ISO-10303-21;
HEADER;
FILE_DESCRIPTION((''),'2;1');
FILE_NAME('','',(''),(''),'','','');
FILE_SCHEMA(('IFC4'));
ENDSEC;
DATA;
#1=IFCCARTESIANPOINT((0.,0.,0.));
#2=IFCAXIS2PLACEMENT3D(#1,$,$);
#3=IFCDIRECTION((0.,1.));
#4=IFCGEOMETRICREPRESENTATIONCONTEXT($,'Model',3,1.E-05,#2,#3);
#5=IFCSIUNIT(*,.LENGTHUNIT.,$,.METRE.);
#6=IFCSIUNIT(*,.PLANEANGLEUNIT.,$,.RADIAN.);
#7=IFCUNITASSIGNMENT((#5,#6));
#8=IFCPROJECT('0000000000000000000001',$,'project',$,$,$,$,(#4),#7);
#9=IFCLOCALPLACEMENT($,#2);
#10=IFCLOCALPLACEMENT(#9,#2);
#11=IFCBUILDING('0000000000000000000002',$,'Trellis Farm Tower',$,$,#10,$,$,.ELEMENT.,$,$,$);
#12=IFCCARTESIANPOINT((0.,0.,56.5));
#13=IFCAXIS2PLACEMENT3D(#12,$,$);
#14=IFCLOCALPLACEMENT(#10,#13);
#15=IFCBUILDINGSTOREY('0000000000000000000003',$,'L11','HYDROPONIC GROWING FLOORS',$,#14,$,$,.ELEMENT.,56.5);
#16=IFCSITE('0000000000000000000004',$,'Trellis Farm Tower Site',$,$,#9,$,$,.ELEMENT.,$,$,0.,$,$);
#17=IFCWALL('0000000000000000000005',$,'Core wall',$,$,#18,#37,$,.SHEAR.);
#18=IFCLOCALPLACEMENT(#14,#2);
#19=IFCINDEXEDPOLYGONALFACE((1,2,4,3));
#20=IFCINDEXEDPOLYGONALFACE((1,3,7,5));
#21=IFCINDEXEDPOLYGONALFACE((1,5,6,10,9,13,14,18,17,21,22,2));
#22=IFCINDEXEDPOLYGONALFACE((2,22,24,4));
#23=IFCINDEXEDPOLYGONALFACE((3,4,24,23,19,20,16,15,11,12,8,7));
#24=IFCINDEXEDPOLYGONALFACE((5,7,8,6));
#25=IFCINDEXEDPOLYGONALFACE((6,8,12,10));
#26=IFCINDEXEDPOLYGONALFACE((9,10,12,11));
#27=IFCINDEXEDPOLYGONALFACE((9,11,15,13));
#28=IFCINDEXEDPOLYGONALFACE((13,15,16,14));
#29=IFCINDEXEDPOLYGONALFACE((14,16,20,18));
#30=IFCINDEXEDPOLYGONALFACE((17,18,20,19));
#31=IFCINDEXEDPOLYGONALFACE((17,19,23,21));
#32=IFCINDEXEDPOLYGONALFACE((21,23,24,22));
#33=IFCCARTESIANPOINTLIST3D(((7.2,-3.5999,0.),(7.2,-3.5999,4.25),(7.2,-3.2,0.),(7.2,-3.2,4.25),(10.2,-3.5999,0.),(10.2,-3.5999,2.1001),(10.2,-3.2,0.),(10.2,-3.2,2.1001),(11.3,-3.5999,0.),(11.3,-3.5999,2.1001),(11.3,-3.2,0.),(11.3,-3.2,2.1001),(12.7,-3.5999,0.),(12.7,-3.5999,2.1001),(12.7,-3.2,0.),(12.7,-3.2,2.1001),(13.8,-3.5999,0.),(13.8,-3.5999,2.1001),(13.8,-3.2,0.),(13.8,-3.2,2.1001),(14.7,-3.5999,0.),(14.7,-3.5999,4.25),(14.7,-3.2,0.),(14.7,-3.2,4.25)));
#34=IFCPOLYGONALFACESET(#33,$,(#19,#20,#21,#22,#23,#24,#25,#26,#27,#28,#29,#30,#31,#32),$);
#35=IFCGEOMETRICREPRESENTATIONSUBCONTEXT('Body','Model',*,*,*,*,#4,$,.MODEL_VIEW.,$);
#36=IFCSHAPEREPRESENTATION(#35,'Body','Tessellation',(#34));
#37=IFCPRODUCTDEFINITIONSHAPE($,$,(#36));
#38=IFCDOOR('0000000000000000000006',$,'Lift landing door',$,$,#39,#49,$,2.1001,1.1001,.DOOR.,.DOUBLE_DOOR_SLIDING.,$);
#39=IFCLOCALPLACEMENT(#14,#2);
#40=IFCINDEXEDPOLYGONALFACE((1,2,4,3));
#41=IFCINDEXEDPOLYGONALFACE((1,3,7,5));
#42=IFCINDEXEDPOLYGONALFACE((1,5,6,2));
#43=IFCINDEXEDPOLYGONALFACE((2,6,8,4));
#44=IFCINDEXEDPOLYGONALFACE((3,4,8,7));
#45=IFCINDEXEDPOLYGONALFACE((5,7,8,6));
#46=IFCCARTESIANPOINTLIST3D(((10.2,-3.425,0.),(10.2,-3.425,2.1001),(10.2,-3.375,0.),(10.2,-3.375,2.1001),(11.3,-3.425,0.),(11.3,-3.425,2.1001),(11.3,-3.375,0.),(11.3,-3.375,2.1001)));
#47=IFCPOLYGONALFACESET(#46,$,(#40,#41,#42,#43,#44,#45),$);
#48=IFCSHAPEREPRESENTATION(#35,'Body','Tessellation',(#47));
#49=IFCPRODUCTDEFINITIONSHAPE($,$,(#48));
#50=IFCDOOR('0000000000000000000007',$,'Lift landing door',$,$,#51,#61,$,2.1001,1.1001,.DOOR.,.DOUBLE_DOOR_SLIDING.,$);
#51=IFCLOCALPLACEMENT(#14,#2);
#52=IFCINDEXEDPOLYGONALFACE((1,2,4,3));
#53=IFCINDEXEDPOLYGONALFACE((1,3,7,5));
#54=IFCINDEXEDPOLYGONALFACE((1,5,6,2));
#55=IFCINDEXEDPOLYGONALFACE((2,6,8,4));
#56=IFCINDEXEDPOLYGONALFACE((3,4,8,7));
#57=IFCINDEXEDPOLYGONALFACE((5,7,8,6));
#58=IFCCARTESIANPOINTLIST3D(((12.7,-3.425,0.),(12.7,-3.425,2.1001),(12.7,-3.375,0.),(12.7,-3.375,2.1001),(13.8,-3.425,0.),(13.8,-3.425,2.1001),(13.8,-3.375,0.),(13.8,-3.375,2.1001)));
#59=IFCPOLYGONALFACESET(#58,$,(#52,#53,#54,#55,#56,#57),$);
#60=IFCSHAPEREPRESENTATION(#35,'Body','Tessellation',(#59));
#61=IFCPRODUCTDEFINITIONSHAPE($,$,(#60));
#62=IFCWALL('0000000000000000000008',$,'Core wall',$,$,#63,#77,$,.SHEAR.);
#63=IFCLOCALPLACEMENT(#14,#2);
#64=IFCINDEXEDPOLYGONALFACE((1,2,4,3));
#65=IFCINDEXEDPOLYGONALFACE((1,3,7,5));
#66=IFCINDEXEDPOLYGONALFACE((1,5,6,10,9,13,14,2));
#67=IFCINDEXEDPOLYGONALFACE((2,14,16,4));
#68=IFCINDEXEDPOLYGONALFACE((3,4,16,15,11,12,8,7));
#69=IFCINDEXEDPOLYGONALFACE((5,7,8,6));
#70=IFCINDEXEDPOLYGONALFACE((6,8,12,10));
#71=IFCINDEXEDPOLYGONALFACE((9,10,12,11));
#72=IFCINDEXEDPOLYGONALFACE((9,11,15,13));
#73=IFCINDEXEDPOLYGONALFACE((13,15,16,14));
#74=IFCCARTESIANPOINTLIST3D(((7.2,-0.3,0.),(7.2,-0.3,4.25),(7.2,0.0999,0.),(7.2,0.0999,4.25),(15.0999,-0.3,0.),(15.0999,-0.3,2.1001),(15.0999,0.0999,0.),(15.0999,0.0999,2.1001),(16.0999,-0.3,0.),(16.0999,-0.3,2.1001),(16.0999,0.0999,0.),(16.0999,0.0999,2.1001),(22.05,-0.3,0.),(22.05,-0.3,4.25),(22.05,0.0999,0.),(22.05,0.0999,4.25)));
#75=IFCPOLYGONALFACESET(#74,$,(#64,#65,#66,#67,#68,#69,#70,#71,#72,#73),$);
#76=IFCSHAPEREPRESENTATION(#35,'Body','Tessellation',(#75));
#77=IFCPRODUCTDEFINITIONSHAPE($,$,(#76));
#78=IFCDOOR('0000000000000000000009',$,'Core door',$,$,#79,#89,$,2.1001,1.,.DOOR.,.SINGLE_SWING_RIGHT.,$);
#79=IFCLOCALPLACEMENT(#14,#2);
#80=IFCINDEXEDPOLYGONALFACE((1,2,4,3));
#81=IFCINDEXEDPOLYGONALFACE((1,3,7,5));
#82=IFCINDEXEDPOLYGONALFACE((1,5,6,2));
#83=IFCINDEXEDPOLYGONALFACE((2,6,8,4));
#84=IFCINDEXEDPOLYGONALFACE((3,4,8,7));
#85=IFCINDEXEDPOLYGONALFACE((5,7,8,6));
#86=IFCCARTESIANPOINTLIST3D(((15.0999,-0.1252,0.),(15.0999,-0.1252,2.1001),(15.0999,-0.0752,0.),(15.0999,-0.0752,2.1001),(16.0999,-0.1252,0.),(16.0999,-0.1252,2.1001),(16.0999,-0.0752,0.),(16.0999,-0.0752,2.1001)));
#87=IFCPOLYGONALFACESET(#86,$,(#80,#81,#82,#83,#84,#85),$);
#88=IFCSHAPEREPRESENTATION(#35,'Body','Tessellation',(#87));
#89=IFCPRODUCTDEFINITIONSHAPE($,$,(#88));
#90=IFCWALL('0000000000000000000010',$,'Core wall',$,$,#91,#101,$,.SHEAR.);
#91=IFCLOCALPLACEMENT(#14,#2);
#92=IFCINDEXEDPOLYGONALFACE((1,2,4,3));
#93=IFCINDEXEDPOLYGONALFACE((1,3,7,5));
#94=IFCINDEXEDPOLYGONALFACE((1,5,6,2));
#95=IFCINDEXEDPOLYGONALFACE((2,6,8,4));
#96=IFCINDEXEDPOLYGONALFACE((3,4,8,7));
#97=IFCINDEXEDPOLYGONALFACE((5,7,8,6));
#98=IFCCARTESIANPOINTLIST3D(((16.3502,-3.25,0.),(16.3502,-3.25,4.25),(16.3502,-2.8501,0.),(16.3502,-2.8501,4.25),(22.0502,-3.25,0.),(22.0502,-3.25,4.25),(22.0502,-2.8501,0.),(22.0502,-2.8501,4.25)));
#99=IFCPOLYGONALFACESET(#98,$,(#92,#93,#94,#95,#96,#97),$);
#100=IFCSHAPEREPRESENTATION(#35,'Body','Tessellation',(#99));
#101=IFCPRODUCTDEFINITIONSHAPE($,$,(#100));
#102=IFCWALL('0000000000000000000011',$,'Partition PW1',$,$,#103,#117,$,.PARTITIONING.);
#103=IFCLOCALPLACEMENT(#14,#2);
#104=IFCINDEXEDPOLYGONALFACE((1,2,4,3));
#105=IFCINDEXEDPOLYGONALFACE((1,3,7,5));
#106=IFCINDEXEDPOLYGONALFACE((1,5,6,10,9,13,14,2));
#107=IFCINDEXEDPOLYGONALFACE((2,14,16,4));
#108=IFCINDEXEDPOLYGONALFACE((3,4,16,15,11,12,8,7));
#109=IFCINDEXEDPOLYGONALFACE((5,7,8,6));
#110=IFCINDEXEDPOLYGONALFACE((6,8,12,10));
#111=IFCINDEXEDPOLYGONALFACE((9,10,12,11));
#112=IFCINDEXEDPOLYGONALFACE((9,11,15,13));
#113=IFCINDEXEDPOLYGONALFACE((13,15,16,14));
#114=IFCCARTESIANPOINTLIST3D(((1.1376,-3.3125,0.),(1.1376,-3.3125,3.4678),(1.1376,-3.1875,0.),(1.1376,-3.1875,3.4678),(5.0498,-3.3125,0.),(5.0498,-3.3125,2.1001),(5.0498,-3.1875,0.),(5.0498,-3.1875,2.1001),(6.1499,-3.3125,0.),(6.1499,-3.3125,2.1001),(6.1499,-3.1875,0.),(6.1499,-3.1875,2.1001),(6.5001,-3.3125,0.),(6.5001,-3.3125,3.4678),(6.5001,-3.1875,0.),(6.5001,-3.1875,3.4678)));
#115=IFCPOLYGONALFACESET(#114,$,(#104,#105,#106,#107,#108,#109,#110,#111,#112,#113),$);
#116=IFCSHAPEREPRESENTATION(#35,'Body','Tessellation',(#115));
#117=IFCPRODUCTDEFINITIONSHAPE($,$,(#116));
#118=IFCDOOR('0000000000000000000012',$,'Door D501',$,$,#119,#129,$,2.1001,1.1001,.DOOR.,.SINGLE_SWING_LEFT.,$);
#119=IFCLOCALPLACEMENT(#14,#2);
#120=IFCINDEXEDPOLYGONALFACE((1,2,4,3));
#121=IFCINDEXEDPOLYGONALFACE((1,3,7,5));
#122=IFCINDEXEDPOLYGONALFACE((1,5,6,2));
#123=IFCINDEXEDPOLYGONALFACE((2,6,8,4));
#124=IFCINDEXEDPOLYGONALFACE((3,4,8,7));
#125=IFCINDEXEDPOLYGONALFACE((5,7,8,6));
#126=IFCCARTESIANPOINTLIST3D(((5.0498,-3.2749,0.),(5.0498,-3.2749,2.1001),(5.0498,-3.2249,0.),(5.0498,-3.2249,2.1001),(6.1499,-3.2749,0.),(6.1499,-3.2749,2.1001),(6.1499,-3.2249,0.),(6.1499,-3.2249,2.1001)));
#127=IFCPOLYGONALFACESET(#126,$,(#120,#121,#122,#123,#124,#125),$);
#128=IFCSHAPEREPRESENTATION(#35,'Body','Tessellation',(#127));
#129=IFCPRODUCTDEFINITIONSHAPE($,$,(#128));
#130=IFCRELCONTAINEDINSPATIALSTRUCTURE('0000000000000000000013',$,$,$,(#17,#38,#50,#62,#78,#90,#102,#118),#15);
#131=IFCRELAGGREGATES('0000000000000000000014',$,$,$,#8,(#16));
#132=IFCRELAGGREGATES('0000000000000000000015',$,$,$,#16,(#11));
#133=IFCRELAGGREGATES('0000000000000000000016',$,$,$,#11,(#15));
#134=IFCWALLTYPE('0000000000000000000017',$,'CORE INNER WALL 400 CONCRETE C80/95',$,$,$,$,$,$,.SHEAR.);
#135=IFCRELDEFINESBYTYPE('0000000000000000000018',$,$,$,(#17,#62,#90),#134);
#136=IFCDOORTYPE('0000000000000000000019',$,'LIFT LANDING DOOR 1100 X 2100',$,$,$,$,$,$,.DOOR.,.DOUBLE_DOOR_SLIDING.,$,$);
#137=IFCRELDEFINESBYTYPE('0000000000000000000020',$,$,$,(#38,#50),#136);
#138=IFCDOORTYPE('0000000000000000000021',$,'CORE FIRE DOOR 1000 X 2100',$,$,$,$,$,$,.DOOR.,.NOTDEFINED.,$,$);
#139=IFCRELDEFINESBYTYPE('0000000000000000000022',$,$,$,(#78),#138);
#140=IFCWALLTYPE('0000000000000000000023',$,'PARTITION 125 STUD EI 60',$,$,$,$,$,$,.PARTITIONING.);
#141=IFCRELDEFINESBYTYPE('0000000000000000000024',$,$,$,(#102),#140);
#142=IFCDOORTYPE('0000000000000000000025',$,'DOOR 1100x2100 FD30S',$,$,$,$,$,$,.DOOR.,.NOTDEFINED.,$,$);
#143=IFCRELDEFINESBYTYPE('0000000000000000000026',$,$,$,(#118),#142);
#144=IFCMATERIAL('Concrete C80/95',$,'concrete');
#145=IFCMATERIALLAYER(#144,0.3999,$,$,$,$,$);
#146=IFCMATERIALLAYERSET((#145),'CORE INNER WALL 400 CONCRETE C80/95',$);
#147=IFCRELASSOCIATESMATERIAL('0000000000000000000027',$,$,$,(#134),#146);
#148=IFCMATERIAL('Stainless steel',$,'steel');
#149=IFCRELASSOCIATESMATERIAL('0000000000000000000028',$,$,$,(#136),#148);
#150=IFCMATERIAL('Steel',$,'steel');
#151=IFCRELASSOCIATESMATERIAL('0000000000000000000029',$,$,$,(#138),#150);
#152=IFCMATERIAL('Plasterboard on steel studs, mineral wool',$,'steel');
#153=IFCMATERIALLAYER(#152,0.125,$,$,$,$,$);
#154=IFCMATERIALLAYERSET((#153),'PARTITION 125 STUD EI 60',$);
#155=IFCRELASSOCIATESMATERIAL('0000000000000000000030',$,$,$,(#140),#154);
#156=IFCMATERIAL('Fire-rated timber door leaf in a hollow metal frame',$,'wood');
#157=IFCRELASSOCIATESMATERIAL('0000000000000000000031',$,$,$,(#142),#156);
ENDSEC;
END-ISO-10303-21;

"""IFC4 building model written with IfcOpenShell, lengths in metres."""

from ifc_helpers import new_model, si_unit, direction, frame, frame_2d, origin, place, context, subcontext, project, spatial, rectangle, extrude, source, transform, mapped, material, layer, layer_set, type_object, element, fill, save


model = new_model("IFC4")

# Units and contexts
model_context = context("Model", 3, precision=1e-05, world=origin(), true_north=direction((0.0, 1.0)))
body_context = subcontext(model_context, "Body", "Model", "MODEL_VIEW")
ifc_project = project(units=[si_unit("LENGTHUNIT", "METRE"), si_unit("PLANEANGLEUNIT", "RADIAN")], contexts=[model_context])

# Site, building, storey
site_placement = place(None, origin())
site = spatial("IfcSite", under=ifc_project, at=site_placement, Name="Trellis Farm Tower Site", CompositionType="ELEMENT", RefElevation=0.0)
building_placement = place(site_placement, origin())
building = spatial("IfcBuilding", under=site, at=building_placement, Name="Trellis Farm Tower", CompositionType="ELEMENT")
storey_placement = place(building_placement, frame((0.0, 0.0, 56.5)))
storey = spatial("IfcBuildingStorey", under=building, at=storey_placement, Name="L11", Description="HYDROPONIC GROWING FLOORS", CompositionType="ELEMENT", Elevation=56.5)

# Shared definitions
ifc_material_1 = material(Name="Concrete C80/95", Category="concrete")

# Wall, openings, doors
ifc_layer_1 = layer(ifc_material_1, 0.3999)
ifc_layer_set_1 = layer_set([ifc_layer_1], Name="CORE INNER WALL 400 CONCRETE C80/95")
wall_type_1 = type_object("IfcWallType", Name="CORE INNER WALL 400 CONCRETE C80/95", PredefinedType="SHEAR", material=ifc_layer_set_1)
shared_shape_1 = source(origin(), body_context, "Body", "SweptSolid", [
    extrude(rectangle(XDim=7.5, YDim=0.3999, at=frame_2d((3.75, 0.0))), origin(), (0.0, 0.0, 1.0), 4.25),
])
wall_1_placement = place(storey_placement, frame((7.2, -3.3999, 0.0), z_axis=(0.0, 0.0, 1.0), x_axis=(1.0, 0.0, 0.0)))
wall_1 = element("IfcWall", 1, at=wall_1_placement, inside=storey, type_object=wall_type_1, Name="Core wall", PredefinedType="SHEAR", context=body_context, shape_type="MappedRepresentation", body=[
    mapped(shared_shape_1, transform((0.0, 0.0, 0.0))),
])
shared_shape_2 = source(origin(), body_context, "Body", "SweptSolid", [
    extrude(rectangle(XDim=1.1001, YDim=2.1001, at=frame_2d((0.55, 1.05))), frame((0.0, 0.21, 0.0), z_axis=(0.0, -1.0, 0.0), x_axis=(1.0, 0.0, 0.0)), (0.0, 0.0, 1.0), 0.4199),
])
opening_1_placement = place(wall_1_placement, frame((3.0, 0.0, 0.0)))
opening_1 = element("IfcOpeningElement", 2, at=opening_1_placement, cuts=wall_1, PredefinedType="OPENING", context=body_context, shape_type="MappedRepresentation", body=[
    mapped(shared_shape_2, transform((0.0, 0.0, 0.0))),
])
opening_2_placement = place(wall_1_placement, frame((5.5, 0.0, 0.0)))
opening_2 = element("IfcOpeningElement", 3, at=opening_2_placement, cuts=wall_1, PredefinedType="OPENING", context=body_context, shape_type="MappedRepresentation", body=[
    mapped(shared_shape_2, transform((0.0, 0.0, 0.0))),
])
ifc_material_2 = material(Name="Stainless steel", Category="steel")
door_type_1 = type_object("IfcDoorType", Name="LIFT LANDING DOOR 1100 X 2100", OperationType="DOUBLE_DOOR_SLIDING", PredefinedType="DOOR", material=ifc_material_2)
shared_shape_3 = source(origin(), body_context, "Body", "SweptSolid", [
    extrude(rectangle(XDim=1.1001, YDim=2.1001, at=frame_2d((0.55, 1.05))), frame((0.0, 0.0249, 0.0), z_axis=(0.0, -1.0, 0.0), x_axis=(1.0, 0.0, 0.0)), (0.0, 0.0, 1.0), 0.05),
])
door_1_placement = place(opening_1_placement, origin())
door_1 = element("IfcDoor", 4, at=door_1_placement, inside=storey, type_object=door_type_1, Name="Lift landing door", OperationType="DOUBLE_DOOR_SLIDING", OverallHeight=2.1001, OverallWidth=1.1001, PredefinedType="DOOR", context=body_context, shape_type="MappedRepresentation", body=[
    mapped(shared_shape_3, transform((0.0, 0.0, 0.0))),
])
fill(opening_1, door_1)
door_2_placement = place(opening_2_placement, origin())
door_2 = element("IfcDoor", 5, at=door_2_placement, inside=storey, type_object=door_type_1, Name="Lift landing door", OperationType="DOUBLE_DOOR_SLIDING", OverallHeight=2.1001, OverallWidth=1.1001, PredefinedType="DOOR", context=body_context, shape_type="MappedRepresentation", body=[
    mapped(shared_shape_3, transform((0.0, 0.0, 0.0))),
])
fill(opening_2, door_2)

# Wall, opening, door
shared_shape_4 = source(origin(), body_context, "Body", "SweptSolid", [
    extrude(rectangle(XDim=14.8501, YDim=0.3999, at=frame_2d((7.425, 0.0))), origin(), (0.0, 0.0, 1.0), 4.25),
])
wall_2_placement = place(storey_placement, frame((7.2, -0.1001, 0.0), z_axis=(0.0, 0.0, 1.0), x_axis=(1.0, 0.0, 0.0)))
wall_2 = element("IfcWall", 6, at=wall_2_placement, inside=storey, type_object=wall_type_1, Name="Core wall", PredefinedType="SHEAR", context=body_context, shape_type="MappedRepresentation", body=[
    mapped(shared_shape_4, transform((0.0, 0.0, 0.0))),
])
shared_shape_5 = source(origin(), body_context, "Body", "SweptSolid", [
    extrude(rectangle(XDim=1.0, YDim=2.1001, at=frame_2d((0.5, 1.05))), frame((0.0, 0.21, 0.0), z_axis=(0.0, -1.0, 0.0), x_axis=(1.0, 0.0, 0.0)), (0.0, 0.0, 1.0), 0.4199),
])
opening_3_placement = place(wall_2_placement, frame((7.8999, 0.0, 0.0)))
opening_3 = element("IfcOpeningElement", 7, at=opening_3_placement, cuts=wall_2, PredefinedType="OPENING", context=body_context, shape_type="MappedRepresentation", body=[
    mapped(shared_shape_5, transform((0.0, 0.0, 0.0))),
])
ifc_material_3 = material(Name="Steel", Category="steel")
door_type_2 = type_object("IfcDoorType", Name="CORE FIRE DOOR 1000 X 2100", OperationType="NOTDEFINED", PredefinedType="DOOR", material=ifc_material_3)
shared_shape_6 = source(origin(), body_context, "Body", "SweptSolid", [
    extrude(rectangle(XDim=1.0, YDim=2.1001, at=frame_2d((0.5, 1.05))), frame((0.0, 0.0249, 0.0), z_axis=(0.0, -1.0, 0.0), x_axis=(1.0, 0.0, 0.0)), (0.0, 0.0, 1.0), 0.05),
])
door_3_placement = place(opening_3_placement, origin())
door_3 = element("IfcDoor", 8, at=door_3_placement, inside=storey, type_object=door_type_2, Name="Core door", OperationType="SINGLE_SWING_RIGHT", OverallHeight=2.1001, OverallWidth=1.0, PredefinedType="DOOR", context=body_context, shape_type="MappedRepresentation", body=[
    mapped(shared_shape_6, transform((0.0, 0.0, 0.0))),
])
fill(opening_3, door_3)

# Wall
shared_shape_7 = source(origin(), body_context, "Body", "SweptSolid", [
    extrude(rectangle(XDim=5.7, YDim=0.3999, at=frame_2d((2.8501, 0.0))), origin(), (0.0, 0.0, 1.0), 4.25),
])
wall_3_placement = place(storey_placement, frame((16.3501, -3.05, 0.0), z_axis=(0.0, 0.0, 1.0), x_axis=(1.0, 0.0, 0.0)))
element("IfcWall", 9, at=wall_3_placement, inside=storey, type_object=wall_type_1, Name="Core wall", PredefinedType="SHEAR", context=body_context, shape_type="MappedRepresentation", body=[
    mapped(shared_shape_7, transform((0.0, 0.0, 0.0))),
])

# Wall, opening, door
ifc_material_4 = material(Name="Plasterboard on steel studs, mineral wool", Category="steel")
ifc_layer_2 = layer(ifc_material_4, 0.125)
ifc_layer_set_2 = layer_set([ifc_layer_2], Name="PARTITION 125 STUD EI 60")
wall_type_2 = type_object("IfcWallType", Name="PARTITION 125 STUD EI 60", PredefinedType="PARTITIONING", material=ifc_layer_set_2)
shared_shape_8 = source(origin(), body_context, "Body", "SweptSolid", [
    extrude(rectangle(XDim=5.3625, YDim=0.125, at=frame_2d((2.6812, 0.0))), origin(), (0.0, 0.0, 1.0), 3.4678),
])
wall_4_placement = place(storey_placement, frame((6.5, -3.25, 0.0), z_axis=(0.0, 0.0, 1.0), x_axis=(-1.0, 0.0, 0.0)))
wall_4 = element("IfcWall", 10, at=wall_4_placement, inside=storey, type_object=wall_type_2, Name="Partition PW1", PredefinedType="PARTITIONING", context=body_context, shape_type="MappedRepresentation", body=[
    mapped(shared_shape_8, transform((0.0, 0.0, 0.0))),
])
shared_shape_9 = source(origin(), body_context, "Body", "SweptSolid", [
    extrude(rectangle(XDim=1.1001, YDim=2.1001, at=frame_2d((0.55, 1.05))), frame((0.0, 0.0725, 0.0), z_axis=(0.0, -1.0, 0.0), x_axis=(1.0, 0.0, 0.0)), (0.0, 0.0, 1.0), 0.145),
])
opening_4_placement = place(wall_4_placement, frame((0.3501, 0.0, 0.0)))
opening_4 = element("IfcOpeningElement", 11, at=opening_4_placement, cuts=wall_4, PredefinedType="OPENING", context=body_context, shape_type="MappedRepresentation", body=[
    mapped(shared_shape_9, transform((0.0, 0.0, 0.0))),
])
ifc_material_5 = material(Name="Fire-rated timber door leaf in a hollow metal frame", Category="wood")
door_type_3 = type_object("IfcDoorType", Name="DOOR 1100x2100 FD30S", OperationType="NOTDEFINED", PredefinedType="DOOR", material=ifc_material_5)
door_4_placement = place(opening_4_placement, origin())
door_4 = element("IfcDoor", 12, at=door_4_placement, inside=storey, type_object=door_type_3, Name="Door D501", OperationType="SINGLE_SWING_LEFT", OverallHeight=2.1001, OverallWidth=1.1001, PredefinedType="DOOR", context=body_context, shape_type="MappedRepresentation", body=[
    mapped(shared_shape_3, transform((0.0, 0.0, 0.0))),
])
fill(opening_4, door_4)

save(model, "model.ifc")
